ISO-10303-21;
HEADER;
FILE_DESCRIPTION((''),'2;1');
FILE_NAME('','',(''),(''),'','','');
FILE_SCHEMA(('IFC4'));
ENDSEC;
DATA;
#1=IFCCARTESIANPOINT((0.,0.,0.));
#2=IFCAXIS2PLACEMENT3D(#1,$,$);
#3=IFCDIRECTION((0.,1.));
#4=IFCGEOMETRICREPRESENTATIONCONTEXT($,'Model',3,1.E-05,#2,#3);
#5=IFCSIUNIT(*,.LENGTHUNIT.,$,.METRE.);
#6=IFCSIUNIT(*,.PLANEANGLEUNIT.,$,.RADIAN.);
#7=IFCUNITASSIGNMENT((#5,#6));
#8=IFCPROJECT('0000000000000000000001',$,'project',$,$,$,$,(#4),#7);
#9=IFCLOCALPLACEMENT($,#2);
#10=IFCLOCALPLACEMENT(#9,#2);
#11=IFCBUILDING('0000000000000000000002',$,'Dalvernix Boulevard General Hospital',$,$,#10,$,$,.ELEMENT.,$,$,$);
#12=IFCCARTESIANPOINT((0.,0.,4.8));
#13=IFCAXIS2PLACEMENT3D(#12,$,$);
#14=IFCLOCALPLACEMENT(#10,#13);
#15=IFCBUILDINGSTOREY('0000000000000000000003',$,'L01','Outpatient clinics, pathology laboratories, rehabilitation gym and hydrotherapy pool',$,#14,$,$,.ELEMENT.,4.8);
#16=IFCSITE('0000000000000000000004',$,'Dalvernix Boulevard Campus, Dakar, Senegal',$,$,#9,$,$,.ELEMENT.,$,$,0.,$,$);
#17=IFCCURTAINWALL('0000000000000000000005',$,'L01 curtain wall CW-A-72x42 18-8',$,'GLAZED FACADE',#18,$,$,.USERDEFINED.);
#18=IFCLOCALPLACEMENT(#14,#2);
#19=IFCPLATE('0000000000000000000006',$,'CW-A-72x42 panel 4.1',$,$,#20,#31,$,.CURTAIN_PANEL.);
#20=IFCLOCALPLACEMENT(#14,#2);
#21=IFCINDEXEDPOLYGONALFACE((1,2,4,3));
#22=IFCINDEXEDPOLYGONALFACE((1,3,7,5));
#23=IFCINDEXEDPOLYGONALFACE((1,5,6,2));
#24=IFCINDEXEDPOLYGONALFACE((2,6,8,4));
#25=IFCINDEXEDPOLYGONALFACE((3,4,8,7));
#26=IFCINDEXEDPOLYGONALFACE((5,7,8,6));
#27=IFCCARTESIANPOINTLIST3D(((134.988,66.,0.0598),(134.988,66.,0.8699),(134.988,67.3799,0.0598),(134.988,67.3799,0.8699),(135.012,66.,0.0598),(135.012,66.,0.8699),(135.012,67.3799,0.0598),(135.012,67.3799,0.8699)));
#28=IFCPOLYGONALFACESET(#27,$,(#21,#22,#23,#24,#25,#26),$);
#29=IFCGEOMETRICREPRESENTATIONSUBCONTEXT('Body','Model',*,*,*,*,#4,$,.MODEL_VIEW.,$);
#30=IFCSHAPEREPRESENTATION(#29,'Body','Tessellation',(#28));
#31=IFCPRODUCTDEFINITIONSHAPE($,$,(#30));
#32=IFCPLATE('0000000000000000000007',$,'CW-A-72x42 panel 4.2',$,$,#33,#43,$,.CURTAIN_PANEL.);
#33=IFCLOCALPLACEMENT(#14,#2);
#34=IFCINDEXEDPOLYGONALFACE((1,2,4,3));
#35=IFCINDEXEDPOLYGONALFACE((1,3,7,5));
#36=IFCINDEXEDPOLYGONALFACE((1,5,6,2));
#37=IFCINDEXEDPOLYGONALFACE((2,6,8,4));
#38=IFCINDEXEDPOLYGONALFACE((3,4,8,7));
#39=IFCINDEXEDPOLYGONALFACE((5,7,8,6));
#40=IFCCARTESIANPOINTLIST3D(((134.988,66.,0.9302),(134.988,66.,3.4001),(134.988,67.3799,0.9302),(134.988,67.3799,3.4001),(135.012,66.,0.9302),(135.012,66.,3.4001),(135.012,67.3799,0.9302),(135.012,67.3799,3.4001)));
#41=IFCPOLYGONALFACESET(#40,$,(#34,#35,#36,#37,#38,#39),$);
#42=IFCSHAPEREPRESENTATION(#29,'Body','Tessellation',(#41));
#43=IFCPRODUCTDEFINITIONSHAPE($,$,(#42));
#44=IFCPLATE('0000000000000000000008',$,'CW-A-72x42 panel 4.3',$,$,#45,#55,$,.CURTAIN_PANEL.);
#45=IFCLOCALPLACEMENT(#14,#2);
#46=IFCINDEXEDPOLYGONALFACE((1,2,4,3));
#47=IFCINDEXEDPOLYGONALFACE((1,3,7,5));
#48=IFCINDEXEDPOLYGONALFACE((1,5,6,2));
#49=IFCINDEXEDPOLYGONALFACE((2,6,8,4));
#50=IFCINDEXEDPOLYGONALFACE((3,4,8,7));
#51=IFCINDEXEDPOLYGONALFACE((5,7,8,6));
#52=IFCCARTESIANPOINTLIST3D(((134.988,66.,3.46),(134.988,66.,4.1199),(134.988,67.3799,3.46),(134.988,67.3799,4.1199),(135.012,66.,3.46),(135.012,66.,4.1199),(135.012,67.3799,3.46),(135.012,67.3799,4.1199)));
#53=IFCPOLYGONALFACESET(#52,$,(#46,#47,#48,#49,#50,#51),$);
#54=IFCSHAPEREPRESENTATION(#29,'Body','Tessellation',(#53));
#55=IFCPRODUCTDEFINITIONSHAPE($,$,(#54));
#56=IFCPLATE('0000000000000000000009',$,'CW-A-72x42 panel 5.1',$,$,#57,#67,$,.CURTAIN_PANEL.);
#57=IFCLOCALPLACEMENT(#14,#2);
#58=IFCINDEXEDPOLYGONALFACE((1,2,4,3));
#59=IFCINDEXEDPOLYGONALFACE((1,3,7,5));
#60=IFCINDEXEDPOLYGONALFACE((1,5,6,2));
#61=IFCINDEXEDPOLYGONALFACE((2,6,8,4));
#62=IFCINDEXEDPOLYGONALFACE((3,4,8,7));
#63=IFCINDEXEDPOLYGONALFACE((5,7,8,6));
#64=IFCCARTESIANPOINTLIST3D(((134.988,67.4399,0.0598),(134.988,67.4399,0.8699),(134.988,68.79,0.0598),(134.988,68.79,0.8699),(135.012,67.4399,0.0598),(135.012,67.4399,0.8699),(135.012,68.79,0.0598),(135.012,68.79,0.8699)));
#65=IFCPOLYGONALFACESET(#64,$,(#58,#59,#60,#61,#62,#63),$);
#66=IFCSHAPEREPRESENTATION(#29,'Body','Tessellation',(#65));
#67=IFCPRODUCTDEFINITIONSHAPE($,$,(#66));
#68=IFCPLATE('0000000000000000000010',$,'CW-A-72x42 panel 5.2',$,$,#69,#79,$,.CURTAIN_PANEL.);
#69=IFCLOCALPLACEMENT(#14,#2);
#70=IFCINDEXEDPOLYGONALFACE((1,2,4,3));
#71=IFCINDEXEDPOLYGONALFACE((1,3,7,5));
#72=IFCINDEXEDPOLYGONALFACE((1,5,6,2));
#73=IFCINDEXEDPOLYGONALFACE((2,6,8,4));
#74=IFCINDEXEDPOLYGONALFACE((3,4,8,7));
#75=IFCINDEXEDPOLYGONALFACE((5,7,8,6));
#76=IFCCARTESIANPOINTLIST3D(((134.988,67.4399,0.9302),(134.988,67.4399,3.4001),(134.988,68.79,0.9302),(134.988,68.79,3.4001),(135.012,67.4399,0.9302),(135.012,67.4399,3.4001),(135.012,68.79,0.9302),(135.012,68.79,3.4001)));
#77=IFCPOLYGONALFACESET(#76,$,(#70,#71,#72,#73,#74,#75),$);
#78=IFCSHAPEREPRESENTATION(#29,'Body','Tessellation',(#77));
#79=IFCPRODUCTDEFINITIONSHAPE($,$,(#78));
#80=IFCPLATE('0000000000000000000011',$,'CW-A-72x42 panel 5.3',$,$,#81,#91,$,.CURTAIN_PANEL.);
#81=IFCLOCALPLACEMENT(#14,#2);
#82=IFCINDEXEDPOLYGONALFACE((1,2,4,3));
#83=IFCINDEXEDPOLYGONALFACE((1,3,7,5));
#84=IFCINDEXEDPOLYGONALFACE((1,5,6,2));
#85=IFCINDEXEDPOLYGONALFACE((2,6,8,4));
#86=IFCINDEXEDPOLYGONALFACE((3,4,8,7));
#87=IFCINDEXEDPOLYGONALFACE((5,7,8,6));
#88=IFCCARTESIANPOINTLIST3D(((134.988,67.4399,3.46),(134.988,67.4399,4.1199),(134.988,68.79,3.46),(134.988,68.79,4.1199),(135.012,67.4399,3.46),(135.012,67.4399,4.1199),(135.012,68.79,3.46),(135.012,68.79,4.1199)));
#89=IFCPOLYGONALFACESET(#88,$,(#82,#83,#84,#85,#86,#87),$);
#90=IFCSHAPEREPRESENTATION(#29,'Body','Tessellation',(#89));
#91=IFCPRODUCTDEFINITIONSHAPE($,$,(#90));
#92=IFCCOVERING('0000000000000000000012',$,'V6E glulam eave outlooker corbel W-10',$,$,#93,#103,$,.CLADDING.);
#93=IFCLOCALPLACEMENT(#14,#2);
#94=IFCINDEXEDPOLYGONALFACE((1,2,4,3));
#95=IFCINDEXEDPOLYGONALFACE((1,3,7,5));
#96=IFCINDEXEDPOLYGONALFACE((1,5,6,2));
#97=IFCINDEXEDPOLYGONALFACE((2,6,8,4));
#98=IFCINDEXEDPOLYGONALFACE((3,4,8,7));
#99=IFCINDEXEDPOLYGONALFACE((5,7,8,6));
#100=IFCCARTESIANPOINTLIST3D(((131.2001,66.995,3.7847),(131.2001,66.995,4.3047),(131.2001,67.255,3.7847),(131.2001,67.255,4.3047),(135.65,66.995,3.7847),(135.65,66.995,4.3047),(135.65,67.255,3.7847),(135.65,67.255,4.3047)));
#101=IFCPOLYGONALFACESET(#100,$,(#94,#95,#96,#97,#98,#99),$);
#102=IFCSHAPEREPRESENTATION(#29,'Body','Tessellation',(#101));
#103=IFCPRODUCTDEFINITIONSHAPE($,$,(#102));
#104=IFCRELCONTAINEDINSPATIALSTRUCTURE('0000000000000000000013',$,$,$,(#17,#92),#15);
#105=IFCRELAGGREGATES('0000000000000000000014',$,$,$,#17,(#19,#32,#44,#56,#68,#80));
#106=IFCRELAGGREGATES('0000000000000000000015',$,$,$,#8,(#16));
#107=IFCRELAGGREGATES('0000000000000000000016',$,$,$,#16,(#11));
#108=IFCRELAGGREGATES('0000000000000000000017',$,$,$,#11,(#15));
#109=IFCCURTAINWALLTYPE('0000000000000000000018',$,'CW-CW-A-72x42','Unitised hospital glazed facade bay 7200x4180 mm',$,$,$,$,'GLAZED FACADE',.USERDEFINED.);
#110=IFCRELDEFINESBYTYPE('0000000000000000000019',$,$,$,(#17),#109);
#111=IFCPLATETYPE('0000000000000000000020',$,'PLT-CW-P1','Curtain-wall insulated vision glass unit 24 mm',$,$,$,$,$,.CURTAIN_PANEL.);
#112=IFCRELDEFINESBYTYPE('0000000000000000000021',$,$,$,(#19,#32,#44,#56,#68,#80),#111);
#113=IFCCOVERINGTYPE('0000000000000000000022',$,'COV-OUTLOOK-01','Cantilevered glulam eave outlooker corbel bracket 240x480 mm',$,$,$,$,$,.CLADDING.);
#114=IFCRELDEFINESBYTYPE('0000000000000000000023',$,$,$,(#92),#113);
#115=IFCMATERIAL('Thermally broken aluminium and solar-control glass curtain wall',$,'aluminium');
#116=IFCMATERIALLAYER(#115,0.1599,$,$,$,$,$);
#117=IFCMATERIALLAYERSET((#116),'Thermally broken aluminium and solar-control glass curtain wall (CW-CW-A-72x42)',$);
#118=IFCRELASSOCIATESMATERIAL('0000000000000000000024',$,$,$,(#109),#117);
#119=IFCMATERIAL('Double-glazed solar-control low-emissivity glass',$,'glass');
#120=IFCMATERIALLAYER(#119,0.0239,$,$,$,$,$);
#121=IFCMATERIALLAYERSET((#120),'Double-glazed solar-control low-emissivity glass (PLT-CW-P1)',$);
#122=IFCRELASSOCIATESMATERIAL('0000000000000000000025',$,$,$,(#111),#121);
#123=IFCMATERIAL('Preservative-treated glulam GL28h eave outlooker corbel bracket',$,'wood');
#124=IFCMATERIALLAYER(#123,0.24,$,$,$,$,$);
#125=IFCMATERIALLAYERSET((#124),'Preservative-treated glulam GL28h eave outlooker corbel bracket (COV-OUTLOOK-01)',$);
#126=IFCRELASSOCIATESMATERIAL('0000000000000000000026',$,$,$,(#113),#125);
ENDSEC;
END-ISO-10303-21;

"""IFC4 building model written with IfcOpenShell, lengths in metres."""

from ifc_helpers import new_model, si_unit, direction, frame, origin, origin_2d, place, context, subcontext, project, spatial, rectangle, extrude, material, layer, layer_set, type_object, element, aggregate, save


model = new_model("IFC4")

# Units and contexts
model_context = context("Model", 3, precision=1e-05, world=origin(), true_north=direction((0.0, 1.0)))
body_context = subcontext(model_context, "Body", "Model", "MODEL_VIEW")
ifc_project = project(units=[si_unit("LENGTHUNIT", "METRE"), si_unit("PLANEANGLEUNIT", "RADIAN")], contexts=[model_context])

# Site, building, storey
site_placement = place(None, origin())
site = spatial("IfcSite", under=ifc_project, at=site_placement, Name="Dalvernix Boulevard Campus, Dakar, Senegal", CompositionType="ELEMENT", RefElevation=0.0)
building_placement = place(site_placement, origin())
building = spatial("IfcBuilding", under=site, at=building_placement, Name="Dalvernix Boulevard General Hospital", CompositionType="ELEMENT")
storey_placement = place(building_placement, frame((0.0, 0.0, 4.8)))
storey = spatial("IfcBuildingStorey", under=building, at=storey_placement, Name="L01", Description="Outpatient clinics, pathology laboratories, rehabilitation gym and hydrotherapy pool", CompositionType="ELEMENT", Elevation=4.8)

# Curtain wall, plates
ifc_material_1 = material(Name="Thermally broken aluminium and solar-control glass curtain wall", Category="aluminium")
ifc_layer_1 = layer(ifc_material_1, 0.1599)
ifc_layer_set_1 = layer_set([ifc_layer_1], Name="Thermally broken aluminium and solar-control glass curtain wall (CW-CW-A-72x42)")
curtain_wall_type = type_object("IfcCurtainWallType", Name="CW-CW-A-72x42", Description="Unitised hospital glazed facade bay 7200x4180 mm", ElementType="GLAZED FACADE", PredefinedType="USERDEFINED", material=ifc_layer_set_1)
curtain_wall_placement = place(storey_placement, origin())
curtain_wall = element("IfcCurtainWall", 1, at=curtain_wall_placement, inside=storey, type_object=curtain_wall_type, Name="L01 curtain wall CW-A-72x42 18-8", ObjectType="GLAZED FACADE", PredefinedType="USERDEFINED")
ifc_material_2 = material(Name="Double-glazed solar-control low-emissivity glass", Category="glass")
ifc_layer_2 = layer(ifc_material_2, 0.0239)
ifc_layer_set_2 = layer_set([ifc_layer_2], Name="Double-glazed solar-control low-emissivity glass (PLT-CW-P1)")
plate_type = type_object("IfcPlateType", Name="PLT-CW-P1", Description="Curtain-wall insulated vision glass unit 24 mm", PredefinedType="CURTAIN_PANEL", material=ifc_layer_set_2)
plate_1_placement = place(storey_placement, frame((135.0, 66.6899, 0.0598), z_axis=(0.0, 0.0, 1.0), x_axis=(0.0, 1.0, 0.0)))
plate_1 = element("IfcPlate", 2, at=plate_1_placement, type_object=plate_type, Name="CW-A-72x42 panel 4.1", PredefinedType="CURTAIN_PANEL", context=body_context, shape_type="SweptSolid", body=[
    extrude(rectangle(XDim=1.3799, YDim=0.0239, at=origin_2d()), origin(), (0.0, 0.0, 1.0), 0.8101),
])
plate_2_placement = place(storey_placement, frame((135.0, 66.6899, 0.9302), z_axis=(0.0, 0.0, 1.0), x_axis=(0.0, 1.0, 0.0)))
plate_2 = element("IfcPlate", 3, at=plate_2_placement, type_object=plate_type, Name="CW-A-72x42 panel 4.2", PredefinedType="CURTAIN_PANEL", context=body_context, shape_type="SweptSolid", body=[
    extrude(rectangle(XDim=1.3799, YDim=0.0239, at=origin_2d()), origin(), (0.0, 0.0, 1.0), 2.47),
])
plate_3_placement = place(storey_placement, frame((135.0, 66.6899, 3.46), z_axis=(0.0, 0.0, 1.0), x_axis=(0.0, 1.0, 0.0)))
plate_3 = element("IfcPlate", 4, at=plate_3_placement, type_object=plate_type, Name="CW-A-72x42 panel 4.3", PredefinedType="CURTAIN_PANEL", context=body_context, shape_type="SweptSolid", body=[
    extrude(rectangle(XDim=1.3799, YDim=0.0239, at=origin_2d()), origin(), (0.0, 0.0, 1.0), 0.6599),
])
plate_4_placement = place(storey_placement, frame((135.0, 68.115, 0.0598), z_axis=(0.0, 0.0, 1.0), x_axis=(0.0, 1.0, 0.0)))
plate_4 = element("IfcPlate", 5, at=plate_4_placement, type_object=plate_type, Name="CW-A-72x42 panel 5.1", PredefinedType="CURTAIN_PANEL", context=body_context, shape_type="SweptSolid", body=[
    extrude(rectangle(XDim=1.3501, YDim=0.0239, at=origin_2d()), origin(), (0.0, 0.0, 1.0), 0.8101),
])
plate_5_placement = place(storey_placement, frame((135.0, 68.115, 0.9302), z_axis=(0.0, 0.0, 1.0), x_axis=(0.0, 1.0, 0.0)))
plate_5 = element("IfcPlate", 6, at=plate_5_placement, type_object=plate_type, Name="CW-A-72x42 panel 5.2", PredefinedType="CURTAIN_PANEL", context=body_context, shape_type="SweptSolid", body=[
    extrude(rectangle(XDim=1.3501, YDim=0.0239, at=origin_2d()), origin(), (0.0, 0.0, 1.0), 2.47),
])
plate_6_placement = place(storey_placement, frame((135.0, 68.115, 3.46), z_axis=(0.0, 0.0, 1.0), x_axis=(0.0, 1.0, 0.0)))
plate_6 = element("IfcPlate", 7, at=plate_6_placement, type_object=plate_type, Name="CW-A-72x42 panel 5.3", PredefinedType="CURTAIN_PANEL", context=body_context, shape_type="SweptSolid", body=[
    extrude(rectangle(XDim=1.3501, YDim=0.0239, at=origin_2d()), origin(), (0.0, 0.0, 1.0), 0.6599),
])
aggregate(curtain_wall, [plate_1, plate_2, plate_3, plate_4, plate_5, plate_6])

# Covering
ifc_material_3 = material(Name="Preservative-treated glulam GL28h eave outlooker corbel bracket", Category="wood")
ifc_layer_3 = layer(ifc_material_3, 0.24)
ifc_layer_set_3 = layer_set([ifc_layer_3], Name="Preservative-treated glulam GL28h eave outlooker corbel bracket (COV-OUTLOOK-01)")
covering_type = type_object("IfcCoveringType", Name="COV-OUTLOOK-01", Description="Cantilevered glulam eave outlooker corbel bracket 240x480 mm", PredefinedType="CLADDING", material=ifc_layer_set_3)
covering_placement = place(storey_placement, frame((133.425, 67.125, 3.7847), z_axis=(0.0, 0.0, 1.0), x_axis=(1.0, 0.0, 0.0)))
element("IfcCovering", 8, at=covering_placement, inside=storey, type_object=covering_type, Name="V6E glulam eave outlooker corbel W-10", PredefinedType="CLADDING", context=body_context, shape_type="SweptSolid", body=[
    extrude(rectangle(XDim=4.45, YDim=0.26, at=origin_2d()), origin(), (0.0, 0.0, 1.0), 0.52),
])

save(model, "model.ifc")
